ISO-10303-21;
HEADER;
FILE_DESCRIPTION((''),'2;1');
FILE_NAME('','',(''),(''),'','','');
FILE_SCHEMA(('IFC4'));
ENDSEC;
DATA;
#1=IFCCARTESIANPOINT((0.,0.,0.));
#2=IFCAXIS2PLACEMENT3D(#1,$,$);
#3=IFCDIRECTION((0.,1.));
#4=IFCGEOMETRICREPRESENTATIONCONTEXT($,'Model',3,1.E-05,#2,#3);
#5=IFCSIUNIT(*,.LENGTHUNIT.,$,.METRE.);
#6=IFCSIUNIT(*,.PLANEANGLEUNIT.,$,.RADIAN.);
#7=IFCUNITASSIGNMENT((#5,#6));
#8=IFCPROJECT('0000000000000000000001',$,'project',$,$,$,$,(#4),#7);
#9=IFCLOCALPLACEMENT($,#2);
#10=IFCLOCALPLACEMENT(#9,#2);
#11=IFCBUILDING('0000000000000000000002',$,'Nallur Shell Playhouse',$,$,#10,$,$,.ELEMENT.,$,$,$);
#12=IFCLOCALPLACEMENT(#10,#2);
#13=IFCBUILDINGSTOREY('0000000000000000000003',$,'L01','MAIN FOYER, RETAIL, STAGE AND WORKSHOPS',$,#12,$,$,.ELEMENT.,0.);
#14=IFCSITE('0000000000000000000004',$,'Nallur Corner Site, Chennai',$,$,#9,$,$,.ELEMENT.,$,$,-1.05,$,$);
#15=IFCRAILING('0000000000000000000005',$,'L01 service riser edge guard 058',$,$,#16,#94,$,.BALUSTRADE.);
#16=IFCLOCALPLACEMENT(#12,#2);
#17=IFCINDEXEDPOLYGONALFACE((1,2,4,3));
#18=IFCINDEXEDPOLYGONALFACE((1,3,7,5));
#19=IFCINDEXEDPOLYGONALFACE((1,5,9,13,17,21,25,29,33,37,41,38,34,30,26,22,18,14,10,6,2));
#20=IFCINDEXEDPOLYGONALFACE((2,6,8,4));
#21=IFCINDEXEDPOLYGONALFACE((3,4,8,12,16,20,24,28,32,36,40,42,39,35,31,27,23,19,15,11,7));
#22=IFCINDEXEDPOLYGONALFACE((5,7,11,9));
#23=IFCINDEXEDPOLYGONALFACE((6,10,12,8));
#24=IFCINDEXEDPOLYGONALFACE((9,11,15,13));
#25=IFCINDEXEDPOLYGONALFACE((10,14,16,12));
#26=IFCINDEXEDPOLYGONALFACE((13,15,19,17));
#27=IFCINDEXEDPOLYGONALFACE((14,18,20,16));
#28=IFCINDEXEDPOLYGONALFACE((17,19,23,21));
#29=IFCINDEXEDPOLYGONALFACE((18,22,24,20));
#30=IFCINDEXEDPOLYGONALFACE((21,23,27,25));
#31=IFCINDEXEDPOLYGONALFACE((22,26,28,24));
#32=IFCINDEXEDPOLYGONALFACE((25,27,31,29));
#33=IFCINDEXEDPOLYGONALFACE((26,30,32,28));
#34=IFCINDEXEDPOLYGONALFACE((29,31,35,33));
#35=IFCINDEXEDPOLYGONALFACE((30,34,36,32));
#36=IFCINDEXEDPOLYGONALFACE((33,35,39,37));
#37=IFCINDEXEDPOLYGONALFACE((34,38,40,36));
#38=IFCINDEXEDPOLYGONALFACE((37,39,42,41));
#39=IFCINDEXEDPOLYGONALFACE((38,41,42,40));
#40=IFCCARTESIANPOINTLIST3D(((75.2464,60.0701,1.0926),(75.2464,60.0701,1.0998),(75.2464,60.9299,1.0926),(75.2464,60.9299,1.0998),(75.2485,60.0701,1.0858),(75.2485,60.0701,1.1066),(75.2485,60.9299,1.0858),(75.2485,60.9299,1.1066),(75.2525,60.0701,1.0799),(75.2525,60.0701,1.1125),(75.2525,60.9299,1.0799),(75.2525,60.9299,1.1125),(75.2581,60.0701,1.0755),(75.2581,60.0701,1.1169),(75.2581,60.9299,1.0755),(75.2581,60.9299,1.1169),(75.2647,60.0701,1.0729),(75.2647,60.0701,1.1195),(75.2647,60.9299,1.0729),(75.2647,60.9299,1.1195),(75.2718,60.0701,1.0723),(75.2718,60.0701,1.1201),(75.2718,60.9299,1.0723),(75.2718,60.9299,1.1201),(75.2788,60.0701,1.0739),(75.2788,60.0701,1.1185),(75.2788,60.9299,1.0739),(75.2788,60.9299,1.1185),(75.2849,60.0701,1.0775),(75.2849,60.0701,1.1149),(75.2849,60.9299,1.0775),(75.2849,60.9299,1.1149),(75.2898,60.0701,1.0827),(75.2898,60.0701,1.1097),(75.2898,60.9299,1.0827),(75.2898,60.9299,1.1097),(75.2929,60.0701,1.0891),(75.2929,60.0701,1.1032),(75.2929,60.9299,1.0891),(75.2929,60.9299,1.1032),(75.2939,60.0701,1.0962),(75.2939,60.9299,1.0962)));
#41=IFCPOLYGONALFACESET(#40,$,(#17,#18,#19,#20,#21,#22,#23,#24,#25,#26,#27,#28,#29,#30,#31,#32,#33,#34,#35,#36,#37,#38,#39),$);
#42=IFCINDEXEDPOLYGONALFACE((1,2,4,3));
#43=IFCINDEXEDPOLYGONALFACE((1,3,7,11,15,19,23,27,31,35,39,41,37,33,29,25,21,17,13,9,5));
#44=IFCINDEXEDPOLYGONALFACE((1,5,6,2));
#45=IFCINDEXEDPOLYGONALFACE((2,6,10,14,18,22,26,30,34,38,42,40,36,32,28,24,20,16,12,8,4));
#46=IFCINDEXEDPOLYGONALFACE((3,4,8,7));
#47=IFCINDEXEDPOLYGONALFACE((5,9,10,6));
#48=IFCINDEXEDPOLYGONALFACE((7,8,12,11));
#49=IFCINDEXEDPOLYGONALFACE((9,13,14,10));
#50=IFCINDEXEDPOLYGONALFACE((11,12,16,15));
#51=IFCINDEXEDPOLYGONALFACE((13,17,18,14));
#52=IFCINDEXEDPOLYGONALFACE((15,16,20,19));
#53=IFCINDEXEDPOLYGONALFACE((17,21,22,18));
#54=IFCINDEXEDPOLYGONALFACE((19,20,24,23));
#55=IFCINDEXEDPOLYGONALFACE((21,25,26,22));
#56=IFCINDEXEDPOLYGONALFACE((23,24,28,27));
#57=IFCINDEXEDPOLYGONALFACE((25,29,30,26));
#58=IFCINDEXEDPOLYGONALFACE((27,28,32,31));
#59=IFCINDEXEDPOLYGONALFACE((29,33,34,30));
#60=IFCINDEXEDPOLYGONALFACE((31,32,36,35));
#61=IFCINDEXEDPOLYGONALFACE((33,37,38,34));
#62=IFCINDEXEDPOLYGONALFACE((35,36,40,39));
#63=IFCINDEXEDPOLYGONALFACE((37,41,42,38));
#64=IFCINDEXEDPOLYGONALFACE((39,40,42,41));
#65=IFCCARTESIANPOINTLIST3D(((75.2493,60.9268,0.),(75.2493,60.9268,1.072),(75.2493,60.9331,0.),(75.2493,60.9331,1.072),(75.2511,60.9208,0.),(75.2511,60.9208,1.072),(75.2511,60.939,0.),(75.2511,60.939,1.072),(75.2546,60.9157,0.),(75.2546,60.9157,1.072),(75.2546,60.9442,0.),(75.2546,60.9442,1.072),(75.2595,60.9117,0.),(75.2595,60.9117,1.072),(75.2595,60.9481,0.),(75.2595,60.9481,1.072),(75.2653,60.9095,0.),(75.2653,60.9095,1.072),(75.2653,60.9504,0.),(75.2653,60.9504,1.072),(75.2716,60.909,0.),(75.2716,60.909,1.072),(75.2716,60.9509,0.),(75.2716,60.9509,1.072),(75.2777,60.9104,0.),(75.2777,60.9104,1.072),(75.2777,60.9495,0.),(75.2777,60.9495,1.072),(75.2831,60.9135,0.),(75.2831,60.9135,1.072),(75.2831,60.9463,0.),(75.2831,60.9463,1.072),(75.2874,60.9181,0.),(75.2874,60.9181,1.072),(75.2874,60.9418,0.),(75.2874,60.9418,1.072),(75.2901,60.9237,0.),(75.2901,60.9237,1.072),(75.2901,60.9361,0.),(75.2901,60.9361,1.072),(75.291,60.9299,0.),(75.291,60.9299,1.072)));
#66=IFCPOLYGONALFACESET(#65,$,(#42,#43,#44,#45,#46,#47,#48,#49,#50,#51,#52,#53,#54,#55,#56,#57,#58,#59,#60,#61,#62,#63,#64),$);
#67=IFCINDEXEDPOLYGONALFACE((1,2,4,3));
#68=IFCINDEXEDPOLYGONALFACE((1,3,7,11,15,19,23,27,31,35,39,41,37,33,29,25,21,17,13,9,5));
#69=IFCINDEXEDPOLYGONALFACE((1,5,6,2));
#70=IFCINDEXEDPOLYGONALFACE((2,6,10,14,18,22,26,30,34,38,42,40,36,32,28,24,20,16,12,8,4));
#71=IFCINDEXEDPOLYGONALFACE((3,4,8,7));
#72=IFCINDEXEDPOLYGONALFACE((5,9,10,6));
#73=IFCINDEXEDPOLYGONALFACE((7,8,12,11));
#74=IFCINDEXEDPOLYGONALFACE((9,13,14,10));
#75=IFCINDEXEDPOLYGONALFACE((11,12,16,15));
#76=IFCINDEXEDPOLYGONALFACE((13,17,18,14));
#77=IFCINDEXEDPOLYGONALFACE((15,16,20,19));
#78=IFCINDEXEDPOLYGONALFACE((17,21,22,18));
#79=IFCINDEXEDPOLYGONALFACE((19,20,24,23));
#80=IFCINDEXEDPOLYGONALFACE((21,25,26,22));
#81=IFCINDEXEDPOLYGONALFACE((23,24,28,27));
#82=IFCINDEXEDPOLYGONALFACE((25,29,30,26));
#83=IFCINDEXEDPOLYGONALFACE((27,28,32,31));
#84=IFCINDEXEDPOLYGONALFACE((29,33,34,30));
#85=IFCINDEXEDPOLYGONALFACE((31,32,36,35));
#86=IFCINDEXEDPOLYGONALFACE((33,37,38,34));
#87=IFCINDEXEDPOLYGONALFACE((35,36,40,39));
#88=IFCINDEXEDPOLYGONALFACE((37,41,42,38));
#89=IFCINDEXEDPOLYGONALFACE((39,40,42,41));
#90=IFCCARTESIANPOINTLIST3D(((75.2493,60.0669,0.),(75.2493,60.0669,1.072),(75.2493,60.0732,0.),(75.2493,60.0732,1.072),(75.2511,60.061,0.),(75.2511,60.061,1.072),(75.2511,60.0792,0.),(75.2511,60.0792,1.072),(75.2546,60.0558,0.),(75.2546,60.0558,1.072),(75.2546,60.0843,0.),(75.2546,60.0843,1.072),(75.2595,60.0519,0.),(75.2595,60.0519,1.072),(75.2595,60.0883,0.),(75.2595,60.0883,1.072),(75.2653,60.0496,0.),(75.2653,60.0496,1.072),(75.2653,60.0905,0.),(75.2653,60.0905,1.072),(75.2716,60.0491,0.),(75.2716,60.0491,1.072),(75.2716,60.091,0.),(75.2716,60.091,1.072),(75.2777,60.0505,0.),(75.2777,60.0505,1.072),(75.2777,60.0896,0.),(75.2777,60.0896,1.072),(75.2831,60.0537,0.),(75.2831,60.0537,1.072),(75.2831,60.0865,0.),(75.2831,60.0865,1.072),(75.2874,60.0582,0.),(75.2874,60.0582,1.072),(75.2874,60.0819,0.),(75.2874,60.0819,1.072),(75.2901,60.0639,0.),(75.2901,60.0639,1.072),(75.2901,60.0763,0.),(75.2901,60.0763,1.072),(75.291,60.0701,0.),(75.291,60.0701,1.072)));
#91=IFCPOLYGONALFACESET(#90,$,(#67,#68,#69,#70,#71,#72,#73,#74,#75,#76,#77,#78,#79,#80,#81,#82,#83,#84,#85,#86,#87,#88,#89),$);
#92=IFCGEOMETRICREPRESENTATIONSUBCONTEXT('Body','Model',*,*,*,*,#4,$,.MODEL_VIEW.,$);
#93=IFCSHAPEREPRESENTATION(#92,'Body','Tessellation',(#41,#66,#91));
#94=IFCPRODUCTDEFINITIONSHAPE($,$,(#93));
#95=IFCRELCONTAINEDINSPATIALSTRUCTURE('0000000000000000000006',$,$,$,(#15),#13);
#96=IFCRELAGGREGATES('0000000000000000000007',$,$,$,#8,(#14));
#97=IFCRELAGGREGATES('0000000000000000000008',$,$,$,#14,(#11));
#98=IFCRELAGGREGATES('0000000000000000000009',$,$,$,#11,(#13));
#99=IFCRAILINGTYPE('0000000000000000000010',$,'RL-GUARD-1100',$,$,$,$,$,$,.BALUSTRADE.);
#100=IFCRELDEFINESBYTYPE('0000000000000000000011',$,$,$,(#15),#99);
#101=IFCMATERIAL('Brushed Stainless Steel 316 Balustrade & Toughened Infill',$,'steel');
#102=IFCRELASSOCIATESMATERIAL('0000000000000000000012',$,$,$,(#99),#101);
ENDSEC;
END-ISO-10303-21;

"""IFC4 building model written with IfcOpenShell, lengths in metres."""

from ifc_helpers import new_model, si_unit, direction, frame, origin, origin_2d, place, context, subcontext, project, spatial, circle, extrude, material, type_object, element, save


model = new_model("IFC4")

# Units and contexts
model_context = context("Model", 3, precision=1e-05, world=origin(), true_north=direction((0.0, 1.0)))
body_context = subcontext(model_context, "Body", "Model", "MODEL_VIEW")
ifc_project = project(units=[si_unit("LENGTHUNIT", "METRE"), si_unit("PLANEANGLEUNIT", "RADIAN")], contexts=[model_context])

# Site, building, storey
site_placement = place(None, origin())
site = spatial("IfcSite", under=ifc_project, at=site_placement, Name="Nallur Corner Site, Chennai", CompositionType="ELEMENT", RefElevation=-1.05)
building_placement = place(site_placement, origin())
building = spatial("IfcBuilding", under=site, at=building_placement, Name="Nallur Shell Playhouse", CompositionType="ELEMENT")
storey_placement = place(building_placement, origin())
storey = spatial("IfcBuildingStorey", under=building, at=storey_placement, Name="L01", Description="MAIN FOYER, RETAIL, STAGE AND WORKSHOPS", CompositionType="ELEMENT", Elevation=0.0)

# Railing
ifc_material_1 = material(Name="Brushed Stainless Steel 316 Balustrade & Toughened Infill", Category="steel")
railing_type = type_object("IfcRailingType", Name="RL-GUARD-1100", PredefinedType="BALUSTRADE", material=ifc_material_1)
railing_1_placement = place(storey_placement, frame((75.27, 60.9299, 0.0)))
element("IfcRailing", 1, at=railing_1_placement, inside=storey, type_object=railing_type, Name="L01 service riser edge guard 058", PredefinedType="BALUSTRADE", context=body_context, shape_type="SweptSolid", body=[
    extrude(circle(Radius=0.0239, at=origin_2d()), frame((0.0, 0.0, 1.0962), z_axis=(0.0, -1.0, 0.0), x_axis=(1.0, 0.0, 0.0)), (0.0, 0.0, 1.0), 0.8599),
    extrude(circle(Radius=0.021, at=origin_2d()), origin(), (0.0, 0.0, 1.0), 1.072),
    extrude(circle(Radius=0.021, at=origin_2d()), frame((0.0, -0.8599, 0.0)), (0.0, 0.0, 1.0), 1.072),
])

save(model, "model.ifc")
